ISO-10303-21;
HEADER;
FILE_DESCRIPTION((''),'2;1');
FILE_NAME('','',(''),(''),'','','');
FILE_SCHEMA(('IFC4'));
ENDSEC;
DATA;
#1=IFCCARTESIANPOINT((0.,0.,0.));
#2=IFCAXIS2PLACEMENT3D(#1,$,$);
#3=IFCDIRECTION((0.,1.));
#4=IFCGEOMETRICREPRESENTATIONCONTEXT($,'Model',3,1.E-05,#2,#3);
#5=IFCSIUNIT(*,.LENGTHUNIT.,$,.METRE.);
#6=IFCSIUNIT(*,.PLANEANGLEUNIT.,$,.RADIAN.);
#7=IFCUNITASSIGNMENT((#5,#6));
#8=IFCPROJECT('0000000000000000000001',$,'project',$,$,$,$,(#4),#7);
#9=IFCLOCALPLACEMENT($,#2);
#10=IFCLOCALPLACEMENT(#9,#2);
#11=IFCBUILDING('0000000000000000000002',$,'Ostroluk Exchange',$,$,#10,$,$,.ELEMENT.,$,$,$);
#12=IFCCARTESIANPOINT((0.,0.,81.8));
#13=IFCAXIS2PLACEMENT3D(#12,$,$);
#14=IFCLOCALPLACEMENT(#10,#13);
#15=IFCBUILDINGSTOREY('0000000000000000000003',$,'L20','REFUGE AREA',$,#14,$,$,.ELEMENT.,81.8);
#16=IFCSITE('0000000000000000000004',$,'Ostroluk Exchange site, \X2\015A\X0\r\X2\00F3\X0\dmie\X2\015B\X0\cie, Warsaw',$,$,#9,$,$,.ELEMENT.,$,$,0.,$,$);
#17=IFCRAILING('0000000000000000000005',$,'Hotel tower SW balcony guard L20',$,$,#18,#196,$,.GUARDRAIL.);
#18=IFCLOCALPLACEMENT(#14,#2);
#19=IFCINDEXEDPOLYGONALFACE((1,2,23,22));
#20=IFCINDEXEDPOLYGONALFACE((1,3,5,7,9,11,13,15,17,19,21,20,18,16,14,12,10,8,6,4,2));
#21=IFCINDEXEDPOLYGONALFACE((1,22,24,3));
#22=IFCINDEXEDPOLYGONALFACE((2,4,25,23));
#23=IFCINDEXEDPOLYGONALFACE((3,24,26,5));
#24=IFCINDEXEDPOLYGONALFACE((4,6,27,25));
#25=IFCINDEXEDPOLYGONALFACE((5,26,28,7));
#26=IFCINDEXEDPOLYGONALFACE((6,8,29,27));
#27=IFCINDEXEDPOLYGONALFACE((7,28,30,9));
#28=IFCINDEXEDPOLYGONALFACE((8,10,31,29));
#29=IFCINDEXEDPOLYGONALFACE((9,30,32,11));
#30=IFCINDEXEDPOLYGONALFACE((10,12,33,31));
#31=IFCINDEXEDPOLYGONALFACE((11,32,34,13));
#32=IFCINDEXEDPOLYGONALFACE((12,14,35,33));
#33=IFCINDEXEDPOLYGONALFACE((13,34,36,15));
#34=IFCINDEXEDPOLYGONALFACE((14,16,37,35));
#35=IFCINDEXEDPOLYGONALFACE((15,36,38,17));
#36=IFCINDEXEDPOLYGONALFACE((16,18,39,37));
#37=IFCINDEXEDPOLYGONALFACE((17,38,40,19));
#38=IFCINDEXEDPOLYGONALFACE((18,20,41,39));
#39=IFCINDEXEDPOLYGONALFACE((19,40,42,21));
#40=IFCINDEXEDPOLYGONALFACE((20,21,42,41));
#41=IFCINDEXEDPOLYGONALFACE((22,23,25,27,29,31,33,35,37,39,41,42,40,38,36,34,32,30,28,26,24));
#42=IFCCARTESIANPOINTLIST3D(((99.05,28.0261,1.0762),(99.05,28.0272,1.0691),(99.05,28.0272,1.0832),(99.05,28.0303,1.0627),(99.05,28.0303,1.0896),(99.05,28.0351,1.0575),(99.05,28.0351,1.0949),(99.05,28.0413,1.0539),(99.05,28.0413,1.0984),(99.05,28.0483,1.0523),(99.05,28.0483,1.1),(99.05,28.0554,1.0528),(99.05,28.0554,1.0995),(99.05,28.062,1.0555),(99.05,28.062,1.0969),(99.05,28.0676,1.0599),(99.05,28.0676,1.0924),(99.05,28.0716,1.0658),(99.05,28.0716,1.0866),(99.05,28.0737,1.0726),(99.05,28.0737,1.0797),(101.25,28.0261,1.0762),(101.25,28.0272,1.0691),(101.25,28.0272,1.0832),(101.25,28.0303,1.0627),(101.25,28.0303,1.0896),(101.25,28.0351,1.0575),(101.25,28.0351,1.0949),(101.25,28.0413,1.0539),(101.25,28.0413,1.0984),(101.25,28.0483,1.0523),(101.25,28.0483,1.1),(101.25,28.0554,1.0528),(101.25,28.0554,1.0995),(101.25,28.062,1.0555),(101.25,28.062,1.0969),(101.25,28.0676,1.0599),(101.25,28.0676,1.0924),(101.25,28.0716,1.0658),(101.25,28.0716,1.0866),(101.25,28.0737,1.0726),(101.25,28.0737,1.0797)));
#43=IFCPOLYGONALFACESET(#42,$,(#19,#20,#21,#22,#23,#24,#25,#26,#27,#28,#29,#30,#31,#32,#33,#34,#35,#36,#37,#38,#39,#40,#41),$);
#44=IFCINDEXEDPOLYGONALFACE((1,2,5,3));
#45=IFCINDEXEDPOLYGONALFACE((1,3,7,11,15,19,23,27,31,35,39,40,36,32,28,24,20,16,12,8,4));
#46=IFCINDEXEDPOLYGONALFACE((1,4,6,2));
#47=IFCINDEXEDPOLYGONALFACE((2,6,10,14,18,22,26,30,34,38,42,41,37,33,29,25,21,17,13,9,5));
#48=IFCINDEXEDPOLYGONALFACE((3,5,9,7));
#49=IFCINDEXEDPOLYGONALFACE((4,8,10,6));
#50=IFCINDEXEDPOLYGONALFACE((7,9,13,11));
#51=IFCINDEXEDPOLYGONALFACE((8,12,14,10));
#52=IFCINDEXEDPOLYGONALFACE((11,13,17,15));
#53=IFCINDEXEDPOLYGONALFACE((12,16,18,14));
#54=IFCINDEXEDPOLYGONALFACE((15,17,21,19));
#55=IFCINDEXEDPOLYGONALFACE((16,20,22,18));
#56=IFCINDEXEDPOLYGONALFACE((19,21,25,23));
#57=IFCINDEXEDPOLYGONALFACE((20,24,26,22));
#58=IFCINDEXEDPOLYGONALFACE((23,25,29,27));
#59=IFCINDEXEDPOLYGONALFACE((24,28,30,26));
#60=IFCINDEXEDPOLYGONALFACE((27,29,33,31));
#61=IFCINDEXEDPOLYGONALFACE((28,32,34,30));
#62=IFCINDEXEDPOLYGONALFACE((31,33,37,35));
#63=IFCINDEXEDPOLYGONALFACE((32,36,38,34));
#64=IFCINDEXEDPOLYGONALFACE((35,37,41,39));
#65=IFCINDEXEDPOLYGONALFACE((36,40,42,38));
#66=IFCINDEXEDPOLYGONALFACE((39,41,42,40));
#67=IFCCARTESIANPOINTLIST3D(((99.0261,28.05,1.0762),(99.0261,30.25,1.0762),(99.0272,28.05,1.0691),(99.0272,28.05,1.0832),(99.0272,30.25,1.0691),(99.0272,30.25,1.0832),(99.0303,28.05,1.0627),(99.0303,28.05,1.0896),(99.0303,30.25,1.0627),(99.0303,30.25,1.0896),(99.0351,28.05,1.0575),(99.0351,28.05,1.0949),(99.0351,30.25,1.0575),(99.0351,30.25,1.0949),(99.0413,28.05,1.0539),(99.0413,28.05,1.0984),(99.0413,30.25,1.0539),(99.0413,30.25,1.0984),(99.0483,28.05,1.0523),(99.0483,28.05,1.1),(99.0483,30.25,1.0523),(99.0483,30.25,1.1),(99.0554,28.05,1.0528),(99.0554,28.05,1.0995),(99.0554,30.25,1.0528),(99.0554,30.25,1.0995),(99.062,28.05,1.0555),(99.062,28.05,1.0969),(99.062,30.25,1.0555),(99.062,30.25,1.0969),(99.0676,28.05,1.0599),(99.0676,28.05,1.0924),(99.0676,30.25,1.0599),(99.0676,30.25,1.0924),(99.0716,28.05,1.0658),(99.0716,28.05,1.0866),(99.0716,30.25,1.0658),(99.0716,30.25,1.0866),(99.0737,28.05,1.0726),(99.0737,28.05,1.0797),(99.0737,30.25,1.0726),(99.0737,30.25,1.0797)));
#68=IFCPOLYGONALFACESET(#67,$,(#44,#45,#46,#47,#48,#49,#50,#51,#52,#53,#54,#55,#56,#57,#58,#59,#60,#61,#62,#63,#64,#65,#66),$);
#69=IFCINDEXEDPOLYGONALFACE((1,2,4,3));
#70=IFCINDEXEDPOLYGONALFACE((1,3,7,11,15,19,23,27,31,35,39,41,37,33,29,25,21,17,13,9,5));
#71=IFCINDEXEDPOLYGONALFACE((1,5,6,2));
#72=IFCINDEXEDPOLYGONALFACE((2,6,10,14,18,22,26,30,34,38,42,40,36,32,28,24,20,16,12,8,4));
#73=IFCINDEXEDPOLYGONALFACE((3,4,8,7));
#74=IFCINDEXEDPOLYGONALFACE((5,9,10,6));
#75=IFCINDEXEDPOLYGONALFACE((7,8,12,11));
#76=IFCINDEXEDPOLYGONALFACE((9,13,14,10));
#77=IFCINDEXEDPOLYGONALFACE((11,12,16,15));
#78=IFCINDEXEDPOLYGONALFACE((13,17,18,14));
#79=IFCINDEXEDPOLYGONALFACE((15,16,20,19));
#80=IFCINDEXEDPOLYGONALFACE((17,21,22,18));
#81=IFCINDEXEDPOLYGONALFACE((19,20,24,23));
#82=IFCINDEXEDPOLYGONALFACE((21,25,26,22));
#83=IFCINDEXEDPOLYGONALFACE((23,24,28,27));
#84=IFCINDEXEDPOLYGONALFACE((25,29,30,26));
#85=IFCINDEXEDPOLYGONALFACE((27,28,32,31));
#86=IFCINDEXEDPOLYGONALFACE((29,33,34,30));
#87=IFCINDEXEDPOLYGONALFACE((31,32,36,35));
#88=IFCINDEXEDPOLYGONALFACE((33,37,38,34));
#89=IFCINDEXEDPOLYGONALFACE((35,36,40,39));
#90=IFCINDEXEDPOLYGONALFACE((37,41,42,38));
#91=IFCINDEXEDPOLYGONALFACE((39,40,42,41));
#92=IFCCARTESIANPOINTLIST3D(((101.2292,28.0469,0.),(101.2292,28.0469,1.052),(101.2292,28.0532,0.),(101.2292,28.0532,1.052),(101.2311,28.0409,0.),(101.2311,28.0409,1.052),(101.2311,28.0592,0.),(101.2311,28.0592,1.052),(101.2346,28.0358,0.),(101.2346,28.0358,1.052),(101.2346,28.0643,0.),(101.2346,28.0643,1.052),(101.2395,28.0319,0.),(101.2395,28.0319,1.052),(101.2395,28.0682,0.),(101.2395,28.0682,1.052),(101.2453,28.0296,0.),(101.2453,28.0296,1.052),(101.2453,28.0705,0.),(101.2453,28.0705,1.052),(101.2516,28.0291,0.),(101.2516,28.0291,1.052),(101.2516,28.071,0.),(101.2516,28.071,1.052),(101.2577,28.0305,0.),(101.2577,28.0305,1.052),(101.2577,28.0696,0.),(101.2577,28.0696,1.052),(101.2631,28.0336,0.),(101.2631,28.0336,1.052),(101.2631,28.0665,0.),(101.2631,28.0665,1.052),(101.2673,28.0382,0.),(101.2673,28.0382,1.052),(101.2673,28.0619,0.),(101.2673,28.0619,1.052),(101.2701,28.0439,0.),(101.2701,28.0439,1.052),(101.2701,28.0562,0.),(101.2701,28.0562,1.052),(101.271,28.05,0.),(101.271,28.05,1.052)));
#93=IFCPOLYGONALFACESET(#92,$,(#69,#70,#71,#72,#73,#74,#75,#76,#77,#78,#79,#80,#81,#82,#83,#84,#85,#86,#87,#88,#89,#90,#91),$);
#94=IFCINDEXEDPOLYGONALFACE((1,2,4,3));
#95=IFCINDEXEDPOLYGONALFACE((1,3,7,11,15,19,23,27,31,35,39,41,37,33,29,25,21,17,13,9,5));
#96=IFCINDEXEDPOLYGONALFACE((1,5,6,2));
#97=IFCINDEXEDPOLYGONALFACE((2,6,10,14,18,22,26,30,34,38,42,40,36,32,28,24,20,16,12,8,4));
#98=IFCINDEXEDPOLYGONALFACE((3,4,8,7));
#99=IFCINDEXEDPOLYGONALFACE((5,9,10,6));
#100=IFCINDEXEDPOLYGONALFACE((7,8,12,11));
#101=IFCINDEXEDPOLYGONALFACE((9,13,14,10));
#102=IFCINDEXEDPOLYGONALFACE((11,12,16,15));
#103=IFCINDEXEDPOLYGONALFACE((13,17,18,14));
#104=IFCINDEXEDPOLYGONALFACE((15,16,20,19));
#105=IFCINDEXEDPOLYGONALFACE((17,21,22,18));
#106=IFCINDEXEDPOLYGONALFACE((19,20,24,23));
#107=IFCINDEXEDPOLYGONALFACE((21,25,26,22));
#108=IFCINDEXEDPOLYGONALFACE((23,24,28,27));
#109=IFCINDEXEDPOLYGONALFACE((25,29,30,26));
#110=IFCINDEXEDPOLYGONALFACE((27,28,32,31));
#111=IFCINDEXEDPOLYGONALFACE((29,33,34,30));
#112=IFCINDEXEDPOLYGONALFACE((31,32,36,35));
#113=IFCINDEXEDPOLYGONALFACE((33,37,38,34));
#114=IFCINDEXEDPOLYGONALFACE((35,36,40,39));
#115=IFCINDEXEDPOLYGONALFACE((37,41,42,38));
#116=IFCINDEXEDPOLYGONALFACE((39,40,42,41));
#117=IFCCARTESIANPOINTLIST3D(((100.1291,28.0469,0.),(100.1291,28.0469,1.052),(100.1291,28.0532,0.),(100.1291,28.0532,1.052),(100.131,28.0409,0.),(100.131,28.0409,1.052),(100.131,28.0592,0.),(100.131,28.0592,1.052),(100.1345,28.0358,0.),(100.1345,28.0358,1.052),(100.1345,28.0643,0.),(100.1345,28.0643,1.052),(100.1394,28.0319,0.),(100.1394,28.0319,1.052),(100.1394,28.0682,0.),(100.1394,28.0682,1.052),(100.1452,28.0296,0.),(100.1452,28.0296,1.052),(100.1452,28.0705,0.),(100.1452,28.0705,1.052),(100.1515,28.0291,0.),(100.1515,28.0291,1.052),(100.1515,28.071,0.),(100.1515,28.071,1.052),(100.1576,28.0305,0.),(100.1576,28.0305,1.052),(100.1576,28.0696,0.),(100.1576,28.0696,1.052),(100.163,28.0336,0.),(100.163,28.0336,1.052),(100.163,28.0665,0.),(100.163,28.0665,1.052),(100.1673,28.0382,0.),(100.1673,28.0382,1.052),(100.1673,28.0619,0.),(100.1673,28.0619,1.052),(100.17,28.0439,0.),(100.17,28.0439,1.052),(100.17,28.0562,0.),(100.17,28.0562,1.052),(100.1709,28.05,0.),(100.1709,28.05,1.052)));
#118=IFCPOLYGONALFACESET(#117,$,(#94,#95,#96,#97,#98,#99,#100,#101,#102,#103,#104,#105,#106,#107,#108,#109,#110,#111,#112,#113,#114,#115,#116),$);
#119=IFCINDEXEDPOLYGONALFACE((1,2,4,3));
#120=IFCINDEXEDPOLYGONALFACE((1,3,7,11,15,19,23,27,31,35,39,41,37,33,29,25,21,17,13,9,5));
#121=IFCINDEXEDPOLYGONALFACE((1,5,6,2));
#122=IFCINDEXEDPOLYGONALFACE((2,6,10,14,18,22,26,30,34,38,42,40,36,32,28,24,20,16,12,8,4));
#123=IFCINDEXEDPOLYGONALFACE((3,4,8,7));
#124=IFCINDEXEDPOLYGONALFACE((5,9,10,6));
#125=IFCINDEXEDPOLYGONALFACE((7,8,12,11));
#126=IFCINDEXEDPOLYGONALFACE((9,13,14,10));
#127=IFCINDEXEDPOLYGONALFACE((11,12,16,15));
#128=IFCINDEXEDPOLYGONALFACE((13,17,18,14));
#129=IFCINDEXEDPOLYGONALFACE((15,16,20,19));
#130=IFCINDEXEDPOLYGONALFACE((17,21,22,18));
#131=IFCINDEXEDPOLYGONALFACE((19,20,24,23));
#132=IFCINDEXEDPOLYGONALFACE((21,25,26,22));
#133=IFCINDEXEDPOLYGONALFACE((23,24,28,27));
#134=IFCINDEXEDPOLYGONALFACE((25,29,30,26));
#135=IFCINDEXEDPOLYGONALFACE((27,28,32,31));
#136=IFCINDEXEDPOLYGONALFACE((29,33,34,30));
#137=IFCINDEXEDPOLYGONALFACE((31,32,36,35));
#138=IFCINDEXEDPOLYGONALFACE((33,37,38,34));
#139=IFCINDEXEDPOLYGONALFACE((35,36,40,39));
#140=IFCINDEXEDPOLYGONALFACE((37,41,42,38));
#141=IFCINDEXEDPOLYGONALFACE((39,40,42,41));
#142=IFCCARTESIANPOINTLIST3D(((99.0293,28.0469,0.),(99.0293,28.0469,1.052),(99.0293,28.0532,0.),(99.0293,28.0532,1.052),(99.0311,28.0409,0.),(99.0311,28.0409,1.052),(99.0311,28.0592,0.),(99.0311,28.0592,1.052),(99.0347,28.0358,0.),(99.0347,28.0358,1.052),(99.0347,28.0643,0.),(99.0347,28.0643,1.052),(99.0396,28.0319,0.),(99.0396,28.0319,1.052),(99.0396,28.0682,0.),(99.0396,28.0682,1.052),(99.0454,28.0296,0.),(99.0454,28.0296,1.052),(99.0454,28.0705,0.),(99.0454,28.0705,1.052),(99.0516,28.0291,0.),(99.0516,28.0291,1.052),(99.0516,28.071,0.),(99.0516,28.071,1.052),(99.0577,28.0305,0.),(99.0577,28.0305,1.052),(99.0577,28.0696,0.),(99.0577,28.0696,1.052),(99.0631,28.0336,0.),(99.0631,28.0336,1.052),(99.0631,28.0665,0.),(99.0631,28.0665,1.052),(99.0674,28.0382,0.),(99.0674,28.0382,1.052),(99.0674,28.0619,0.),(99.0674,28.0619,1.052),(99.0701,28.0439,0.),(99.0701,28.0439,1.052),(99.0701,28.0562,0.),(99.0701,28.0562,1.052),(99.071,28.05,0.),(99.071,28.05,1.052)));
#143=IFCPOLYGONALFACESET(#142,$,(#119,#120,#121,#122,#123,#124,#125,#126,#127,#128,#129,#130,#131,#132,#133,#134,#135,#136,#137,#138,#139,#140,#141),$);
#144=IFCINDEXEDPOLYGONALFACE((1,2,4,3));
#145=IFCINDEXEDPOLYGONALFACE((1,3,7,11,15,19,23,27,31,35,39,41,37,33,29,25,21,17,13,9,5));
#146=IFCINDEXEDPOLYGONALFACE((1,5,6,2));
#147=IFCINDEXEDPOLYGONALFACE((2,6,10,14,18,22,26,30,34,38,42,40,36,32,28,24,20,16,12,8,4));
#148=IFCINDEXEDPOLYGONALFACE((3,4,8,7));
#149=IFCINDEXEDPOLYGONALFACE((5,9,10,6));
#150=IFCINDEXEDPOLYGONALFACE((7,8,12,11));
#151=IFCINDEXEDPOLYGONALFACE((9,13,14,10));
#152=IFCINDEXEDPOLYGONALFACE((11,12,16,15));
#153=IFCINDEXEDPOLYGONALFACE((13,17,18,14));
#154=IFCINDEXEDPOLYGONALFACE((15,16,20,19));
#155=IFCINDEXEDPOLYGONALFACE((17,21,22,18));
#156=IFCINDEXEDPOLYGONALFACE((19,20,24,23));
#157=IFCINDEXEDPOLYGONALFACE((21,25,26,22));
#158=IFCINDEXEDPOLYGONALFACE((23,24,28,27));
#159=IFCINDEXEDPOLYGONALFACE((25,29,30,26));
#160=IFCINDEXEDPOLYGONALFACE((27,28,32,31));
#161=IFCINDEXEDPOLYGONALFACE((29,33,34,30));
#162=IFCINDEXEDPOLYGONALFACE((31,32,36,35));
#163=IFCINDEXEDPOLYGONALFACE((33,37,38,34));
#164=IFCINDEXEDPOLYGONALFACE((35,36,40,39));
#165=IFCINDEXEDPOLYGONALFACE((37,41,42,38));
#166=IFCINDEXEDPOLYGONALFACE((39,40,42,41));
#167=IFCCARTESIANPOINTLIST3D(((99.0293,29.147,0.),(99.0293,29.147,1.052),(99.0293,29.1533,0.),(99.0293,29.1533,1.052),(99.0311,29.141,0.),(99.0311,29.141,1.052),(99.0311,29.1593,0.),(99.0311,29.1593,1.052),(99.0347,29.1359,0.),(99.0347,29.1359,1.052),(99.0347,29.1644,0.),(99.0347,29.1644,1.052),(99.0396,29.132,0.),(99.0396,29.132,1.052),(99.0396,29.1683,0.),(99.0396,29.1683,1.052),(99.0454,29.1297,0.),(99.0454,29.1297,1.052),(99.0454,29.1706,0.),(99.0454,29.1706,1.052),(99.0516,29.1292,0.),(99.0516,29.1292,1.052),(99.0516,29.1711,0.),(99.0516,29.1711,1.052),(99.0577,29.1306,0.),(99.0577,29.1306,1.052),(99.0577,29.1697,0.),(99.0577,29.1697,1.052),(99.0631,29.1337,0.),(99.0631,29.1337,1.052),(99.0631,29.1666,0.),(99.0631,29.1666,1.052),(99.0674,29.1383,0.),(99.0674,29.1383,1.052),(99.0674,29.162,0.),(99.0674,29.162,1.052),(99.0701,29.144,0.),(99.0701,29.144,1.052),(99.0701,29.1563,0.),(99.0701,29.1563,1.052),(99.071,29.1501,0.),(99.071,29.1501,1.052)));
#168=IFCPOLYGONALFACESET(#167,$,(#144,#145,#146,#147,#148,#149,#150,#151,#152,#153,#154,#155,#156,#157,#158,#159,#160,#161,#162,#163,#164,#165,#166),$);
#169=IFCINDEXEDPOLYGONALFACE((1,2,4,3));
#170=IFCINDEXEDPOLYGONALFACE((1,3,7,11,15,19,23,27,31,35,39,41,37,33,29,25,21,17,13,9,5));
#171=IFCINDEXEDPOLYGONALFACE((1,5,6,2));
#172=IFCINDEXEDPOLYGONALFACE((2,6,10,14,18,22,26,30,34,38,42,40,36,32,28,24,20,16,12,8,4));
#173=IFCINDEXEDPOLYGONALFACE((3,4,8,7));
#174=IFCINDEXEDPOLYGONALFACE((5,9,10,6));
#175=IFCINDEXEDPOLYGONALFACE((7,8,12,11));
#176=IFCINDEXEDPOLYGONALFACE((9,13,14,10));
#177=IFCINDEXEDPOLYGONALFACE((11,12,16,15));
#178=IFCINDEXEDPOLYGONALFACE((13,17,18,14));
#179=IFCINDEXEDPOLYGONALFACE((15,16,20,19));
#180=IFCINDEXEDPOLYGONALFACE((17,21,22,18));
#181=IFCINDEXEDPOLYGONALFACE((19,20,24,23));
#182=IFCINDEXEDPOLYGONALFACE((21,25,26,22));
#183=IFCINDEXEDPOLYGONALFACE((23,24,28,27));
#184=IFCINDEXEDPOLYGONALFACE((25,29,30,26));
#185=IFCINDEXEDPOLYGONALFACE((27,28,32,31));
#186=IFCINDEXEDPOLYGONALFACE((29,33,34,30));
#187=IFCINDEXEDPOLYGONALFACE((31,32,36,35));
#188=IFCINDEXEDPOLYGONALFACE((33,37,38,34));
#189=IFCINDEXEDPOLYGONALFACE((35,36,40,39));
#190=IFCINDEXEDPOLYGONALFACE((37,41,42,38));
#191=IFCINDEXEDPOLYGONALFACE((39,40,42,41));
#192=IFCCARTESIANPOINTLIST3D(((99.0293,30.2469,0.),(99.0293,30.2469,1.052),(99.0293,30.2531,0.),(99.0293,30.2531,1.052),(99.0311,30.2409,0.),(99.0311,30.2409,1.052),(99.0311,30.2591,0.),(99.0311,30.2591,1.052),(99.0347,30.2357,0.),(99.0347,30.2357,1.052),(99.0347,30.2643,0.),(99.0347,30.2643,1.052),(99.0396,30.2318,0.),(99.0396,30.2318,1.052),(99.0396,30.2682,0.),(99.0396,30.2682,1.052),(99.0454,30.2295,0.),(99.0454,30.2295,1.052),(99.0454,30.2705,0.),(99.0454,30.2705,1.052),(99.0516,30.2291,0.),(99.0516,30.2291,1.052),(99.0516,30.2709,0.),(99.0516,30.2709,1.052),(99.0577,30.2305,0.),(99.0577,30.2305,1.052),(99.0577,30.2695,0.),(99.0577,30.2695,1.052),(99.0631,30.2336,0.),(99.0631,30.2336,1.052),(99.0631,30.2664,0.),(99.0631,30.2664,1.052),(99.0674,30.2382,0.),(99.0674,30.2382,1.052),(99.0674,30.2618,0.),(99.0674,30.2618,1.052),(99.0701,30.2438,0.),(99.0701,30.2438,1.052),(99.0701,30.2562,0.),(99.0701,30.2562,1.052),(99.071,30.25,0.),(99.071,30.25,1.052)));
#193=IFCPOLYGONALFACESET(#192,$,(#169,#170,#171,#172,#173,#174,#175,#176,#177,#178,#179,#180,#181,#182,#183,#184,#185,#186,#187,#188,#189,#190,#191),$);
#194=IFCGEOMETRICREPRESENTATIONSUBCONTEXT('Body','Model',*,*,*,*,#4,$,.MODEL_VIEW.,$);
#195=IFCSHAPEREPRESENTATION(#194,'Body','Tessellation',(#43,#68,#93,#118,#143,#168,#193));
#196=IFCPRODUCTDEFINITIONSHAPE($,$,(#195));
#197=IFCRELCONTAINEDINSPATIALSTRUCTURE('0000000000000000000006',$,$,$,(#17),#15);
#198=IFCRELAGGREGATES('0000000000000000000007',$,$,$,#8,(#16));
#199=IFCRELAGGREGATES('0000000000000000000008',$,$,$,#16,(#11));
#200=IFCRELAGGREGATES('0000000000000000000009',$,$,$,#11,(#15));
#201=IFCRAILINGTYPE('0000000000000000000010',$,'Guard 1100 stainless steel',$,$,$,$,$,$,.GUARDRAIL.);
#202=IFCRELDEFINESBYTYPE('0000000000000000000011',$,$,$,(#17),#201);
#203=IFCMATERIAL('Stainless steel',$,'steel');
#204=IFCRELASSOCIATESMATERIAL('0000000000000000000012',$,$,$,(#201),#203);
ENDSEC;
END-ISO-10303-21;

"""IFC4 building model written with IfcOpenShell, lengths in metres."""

from ifc_helpers import new_model, si_unit, direction, frame, origin, origin_2d, place, context, subcontext, project, spatial, circle, extrude, material, type_object, element, save


model = new_model("IFC4")

# Units and contexts
model_context = context("Model", 3, precision=1e-05, world=origin(), true_north=direction((0.0, 1.0)))
body_context = subcontext(model_context, "Body", "Model", "MODEL_VIEW")
ifc_project = project(units=[si_unit("LENGTHUNIT", "METRE"), si_unit("PLANEANGLEUNIT", "RADIAN")], contexts=[model_context])

# Site, building, storey
site_placement = place(None, origin())
site = spatial("IfcSite", under=ifc_project, at=site_placement, Name="Ostroluk Exchange site, Śródmieście, Warsaw", CompositionType="ELEMENT", RefElevation=0.0)
building_placement = place(site_placement, origin())
building = spatial("IfcBuilding", under=site, at=building_placement, Name="Ostroluk Exchange", CompositionType="ELEMENT")
storey_placement = place(building_placement, frame((0.0, 0.0, 81.8)))
storey = spatial("IfcBuildingStorey", under=building, at=storey_placement, Name="L20", Description="REFUGE AREA", CompositionType="ELEMENT", Elevation=81.8)

# Railing
ifc_material_1 = material(Name="Stainless steel", Category="steel")
railing_type_1 = type_object("IfcRailingType", Name="Guard 1100 stainless steel", PredefinedType="GUARDRAIL", material=ifc_material_1)
railing_1_placement = place(storey_placement, frame((101.25, 28.05, 0.0)))
element("IfcRailing", 1, at=railing_1_placement, inside=storey, type_object=railing_type_1, Name="Hotel tower SW balcony guard L20", PredefinedType="GUARDRAIL", context=body_context, shape_type="SweptSolid", body=[
    extrude(circle(Radius=0.0239, at=origin_2d()), frame((0.0, 0.0, 1.0762), z_axis=(-1.0, 0.0, 0.0), x_axis=(0.0, -1.0, 0.0)), (0.0, 0.0, 1.0), 2.2),
    extrude(circle(Radius=0.0239, at=origin_2d()), frame((-2.2, 0.0, 1.0762), z_axis=(0.0, 1.0, 0.0), x_axis=(-1.0, 0.0, 0.0)), (0.0, 0.0, 1.0), 2.2),
    extrude(circle(Radius=0.021, at=origin_2d()), origin(), (0.0, 0.0, 1.0), 1.052),
    extrude(circle(Radius=0.021, at=origin_2d()), frame((-1.1001, 0.0, 0.0)), (0.0, 0.0, 1.0), 1.052),
    extrude(circle(Radius=0.021, at=origin_2d()), frame((-2.2, 0.0, 0.0)), (0.0, 0.0, 1.0), 1.052),
    extrude(circle(Radius=0.021, at=origin_2d()), frame((-2.2, 1.1001, 0.0)), (0.0, 0.0, 1.0), 1.052),
    extrude(circle(Radius=0.021, at=origin_2d()), frame((-2.2, 2.2, 0.0)), (0.0, 0.0, 1.0), 1.052),
])

save(model, "model.ifc")
